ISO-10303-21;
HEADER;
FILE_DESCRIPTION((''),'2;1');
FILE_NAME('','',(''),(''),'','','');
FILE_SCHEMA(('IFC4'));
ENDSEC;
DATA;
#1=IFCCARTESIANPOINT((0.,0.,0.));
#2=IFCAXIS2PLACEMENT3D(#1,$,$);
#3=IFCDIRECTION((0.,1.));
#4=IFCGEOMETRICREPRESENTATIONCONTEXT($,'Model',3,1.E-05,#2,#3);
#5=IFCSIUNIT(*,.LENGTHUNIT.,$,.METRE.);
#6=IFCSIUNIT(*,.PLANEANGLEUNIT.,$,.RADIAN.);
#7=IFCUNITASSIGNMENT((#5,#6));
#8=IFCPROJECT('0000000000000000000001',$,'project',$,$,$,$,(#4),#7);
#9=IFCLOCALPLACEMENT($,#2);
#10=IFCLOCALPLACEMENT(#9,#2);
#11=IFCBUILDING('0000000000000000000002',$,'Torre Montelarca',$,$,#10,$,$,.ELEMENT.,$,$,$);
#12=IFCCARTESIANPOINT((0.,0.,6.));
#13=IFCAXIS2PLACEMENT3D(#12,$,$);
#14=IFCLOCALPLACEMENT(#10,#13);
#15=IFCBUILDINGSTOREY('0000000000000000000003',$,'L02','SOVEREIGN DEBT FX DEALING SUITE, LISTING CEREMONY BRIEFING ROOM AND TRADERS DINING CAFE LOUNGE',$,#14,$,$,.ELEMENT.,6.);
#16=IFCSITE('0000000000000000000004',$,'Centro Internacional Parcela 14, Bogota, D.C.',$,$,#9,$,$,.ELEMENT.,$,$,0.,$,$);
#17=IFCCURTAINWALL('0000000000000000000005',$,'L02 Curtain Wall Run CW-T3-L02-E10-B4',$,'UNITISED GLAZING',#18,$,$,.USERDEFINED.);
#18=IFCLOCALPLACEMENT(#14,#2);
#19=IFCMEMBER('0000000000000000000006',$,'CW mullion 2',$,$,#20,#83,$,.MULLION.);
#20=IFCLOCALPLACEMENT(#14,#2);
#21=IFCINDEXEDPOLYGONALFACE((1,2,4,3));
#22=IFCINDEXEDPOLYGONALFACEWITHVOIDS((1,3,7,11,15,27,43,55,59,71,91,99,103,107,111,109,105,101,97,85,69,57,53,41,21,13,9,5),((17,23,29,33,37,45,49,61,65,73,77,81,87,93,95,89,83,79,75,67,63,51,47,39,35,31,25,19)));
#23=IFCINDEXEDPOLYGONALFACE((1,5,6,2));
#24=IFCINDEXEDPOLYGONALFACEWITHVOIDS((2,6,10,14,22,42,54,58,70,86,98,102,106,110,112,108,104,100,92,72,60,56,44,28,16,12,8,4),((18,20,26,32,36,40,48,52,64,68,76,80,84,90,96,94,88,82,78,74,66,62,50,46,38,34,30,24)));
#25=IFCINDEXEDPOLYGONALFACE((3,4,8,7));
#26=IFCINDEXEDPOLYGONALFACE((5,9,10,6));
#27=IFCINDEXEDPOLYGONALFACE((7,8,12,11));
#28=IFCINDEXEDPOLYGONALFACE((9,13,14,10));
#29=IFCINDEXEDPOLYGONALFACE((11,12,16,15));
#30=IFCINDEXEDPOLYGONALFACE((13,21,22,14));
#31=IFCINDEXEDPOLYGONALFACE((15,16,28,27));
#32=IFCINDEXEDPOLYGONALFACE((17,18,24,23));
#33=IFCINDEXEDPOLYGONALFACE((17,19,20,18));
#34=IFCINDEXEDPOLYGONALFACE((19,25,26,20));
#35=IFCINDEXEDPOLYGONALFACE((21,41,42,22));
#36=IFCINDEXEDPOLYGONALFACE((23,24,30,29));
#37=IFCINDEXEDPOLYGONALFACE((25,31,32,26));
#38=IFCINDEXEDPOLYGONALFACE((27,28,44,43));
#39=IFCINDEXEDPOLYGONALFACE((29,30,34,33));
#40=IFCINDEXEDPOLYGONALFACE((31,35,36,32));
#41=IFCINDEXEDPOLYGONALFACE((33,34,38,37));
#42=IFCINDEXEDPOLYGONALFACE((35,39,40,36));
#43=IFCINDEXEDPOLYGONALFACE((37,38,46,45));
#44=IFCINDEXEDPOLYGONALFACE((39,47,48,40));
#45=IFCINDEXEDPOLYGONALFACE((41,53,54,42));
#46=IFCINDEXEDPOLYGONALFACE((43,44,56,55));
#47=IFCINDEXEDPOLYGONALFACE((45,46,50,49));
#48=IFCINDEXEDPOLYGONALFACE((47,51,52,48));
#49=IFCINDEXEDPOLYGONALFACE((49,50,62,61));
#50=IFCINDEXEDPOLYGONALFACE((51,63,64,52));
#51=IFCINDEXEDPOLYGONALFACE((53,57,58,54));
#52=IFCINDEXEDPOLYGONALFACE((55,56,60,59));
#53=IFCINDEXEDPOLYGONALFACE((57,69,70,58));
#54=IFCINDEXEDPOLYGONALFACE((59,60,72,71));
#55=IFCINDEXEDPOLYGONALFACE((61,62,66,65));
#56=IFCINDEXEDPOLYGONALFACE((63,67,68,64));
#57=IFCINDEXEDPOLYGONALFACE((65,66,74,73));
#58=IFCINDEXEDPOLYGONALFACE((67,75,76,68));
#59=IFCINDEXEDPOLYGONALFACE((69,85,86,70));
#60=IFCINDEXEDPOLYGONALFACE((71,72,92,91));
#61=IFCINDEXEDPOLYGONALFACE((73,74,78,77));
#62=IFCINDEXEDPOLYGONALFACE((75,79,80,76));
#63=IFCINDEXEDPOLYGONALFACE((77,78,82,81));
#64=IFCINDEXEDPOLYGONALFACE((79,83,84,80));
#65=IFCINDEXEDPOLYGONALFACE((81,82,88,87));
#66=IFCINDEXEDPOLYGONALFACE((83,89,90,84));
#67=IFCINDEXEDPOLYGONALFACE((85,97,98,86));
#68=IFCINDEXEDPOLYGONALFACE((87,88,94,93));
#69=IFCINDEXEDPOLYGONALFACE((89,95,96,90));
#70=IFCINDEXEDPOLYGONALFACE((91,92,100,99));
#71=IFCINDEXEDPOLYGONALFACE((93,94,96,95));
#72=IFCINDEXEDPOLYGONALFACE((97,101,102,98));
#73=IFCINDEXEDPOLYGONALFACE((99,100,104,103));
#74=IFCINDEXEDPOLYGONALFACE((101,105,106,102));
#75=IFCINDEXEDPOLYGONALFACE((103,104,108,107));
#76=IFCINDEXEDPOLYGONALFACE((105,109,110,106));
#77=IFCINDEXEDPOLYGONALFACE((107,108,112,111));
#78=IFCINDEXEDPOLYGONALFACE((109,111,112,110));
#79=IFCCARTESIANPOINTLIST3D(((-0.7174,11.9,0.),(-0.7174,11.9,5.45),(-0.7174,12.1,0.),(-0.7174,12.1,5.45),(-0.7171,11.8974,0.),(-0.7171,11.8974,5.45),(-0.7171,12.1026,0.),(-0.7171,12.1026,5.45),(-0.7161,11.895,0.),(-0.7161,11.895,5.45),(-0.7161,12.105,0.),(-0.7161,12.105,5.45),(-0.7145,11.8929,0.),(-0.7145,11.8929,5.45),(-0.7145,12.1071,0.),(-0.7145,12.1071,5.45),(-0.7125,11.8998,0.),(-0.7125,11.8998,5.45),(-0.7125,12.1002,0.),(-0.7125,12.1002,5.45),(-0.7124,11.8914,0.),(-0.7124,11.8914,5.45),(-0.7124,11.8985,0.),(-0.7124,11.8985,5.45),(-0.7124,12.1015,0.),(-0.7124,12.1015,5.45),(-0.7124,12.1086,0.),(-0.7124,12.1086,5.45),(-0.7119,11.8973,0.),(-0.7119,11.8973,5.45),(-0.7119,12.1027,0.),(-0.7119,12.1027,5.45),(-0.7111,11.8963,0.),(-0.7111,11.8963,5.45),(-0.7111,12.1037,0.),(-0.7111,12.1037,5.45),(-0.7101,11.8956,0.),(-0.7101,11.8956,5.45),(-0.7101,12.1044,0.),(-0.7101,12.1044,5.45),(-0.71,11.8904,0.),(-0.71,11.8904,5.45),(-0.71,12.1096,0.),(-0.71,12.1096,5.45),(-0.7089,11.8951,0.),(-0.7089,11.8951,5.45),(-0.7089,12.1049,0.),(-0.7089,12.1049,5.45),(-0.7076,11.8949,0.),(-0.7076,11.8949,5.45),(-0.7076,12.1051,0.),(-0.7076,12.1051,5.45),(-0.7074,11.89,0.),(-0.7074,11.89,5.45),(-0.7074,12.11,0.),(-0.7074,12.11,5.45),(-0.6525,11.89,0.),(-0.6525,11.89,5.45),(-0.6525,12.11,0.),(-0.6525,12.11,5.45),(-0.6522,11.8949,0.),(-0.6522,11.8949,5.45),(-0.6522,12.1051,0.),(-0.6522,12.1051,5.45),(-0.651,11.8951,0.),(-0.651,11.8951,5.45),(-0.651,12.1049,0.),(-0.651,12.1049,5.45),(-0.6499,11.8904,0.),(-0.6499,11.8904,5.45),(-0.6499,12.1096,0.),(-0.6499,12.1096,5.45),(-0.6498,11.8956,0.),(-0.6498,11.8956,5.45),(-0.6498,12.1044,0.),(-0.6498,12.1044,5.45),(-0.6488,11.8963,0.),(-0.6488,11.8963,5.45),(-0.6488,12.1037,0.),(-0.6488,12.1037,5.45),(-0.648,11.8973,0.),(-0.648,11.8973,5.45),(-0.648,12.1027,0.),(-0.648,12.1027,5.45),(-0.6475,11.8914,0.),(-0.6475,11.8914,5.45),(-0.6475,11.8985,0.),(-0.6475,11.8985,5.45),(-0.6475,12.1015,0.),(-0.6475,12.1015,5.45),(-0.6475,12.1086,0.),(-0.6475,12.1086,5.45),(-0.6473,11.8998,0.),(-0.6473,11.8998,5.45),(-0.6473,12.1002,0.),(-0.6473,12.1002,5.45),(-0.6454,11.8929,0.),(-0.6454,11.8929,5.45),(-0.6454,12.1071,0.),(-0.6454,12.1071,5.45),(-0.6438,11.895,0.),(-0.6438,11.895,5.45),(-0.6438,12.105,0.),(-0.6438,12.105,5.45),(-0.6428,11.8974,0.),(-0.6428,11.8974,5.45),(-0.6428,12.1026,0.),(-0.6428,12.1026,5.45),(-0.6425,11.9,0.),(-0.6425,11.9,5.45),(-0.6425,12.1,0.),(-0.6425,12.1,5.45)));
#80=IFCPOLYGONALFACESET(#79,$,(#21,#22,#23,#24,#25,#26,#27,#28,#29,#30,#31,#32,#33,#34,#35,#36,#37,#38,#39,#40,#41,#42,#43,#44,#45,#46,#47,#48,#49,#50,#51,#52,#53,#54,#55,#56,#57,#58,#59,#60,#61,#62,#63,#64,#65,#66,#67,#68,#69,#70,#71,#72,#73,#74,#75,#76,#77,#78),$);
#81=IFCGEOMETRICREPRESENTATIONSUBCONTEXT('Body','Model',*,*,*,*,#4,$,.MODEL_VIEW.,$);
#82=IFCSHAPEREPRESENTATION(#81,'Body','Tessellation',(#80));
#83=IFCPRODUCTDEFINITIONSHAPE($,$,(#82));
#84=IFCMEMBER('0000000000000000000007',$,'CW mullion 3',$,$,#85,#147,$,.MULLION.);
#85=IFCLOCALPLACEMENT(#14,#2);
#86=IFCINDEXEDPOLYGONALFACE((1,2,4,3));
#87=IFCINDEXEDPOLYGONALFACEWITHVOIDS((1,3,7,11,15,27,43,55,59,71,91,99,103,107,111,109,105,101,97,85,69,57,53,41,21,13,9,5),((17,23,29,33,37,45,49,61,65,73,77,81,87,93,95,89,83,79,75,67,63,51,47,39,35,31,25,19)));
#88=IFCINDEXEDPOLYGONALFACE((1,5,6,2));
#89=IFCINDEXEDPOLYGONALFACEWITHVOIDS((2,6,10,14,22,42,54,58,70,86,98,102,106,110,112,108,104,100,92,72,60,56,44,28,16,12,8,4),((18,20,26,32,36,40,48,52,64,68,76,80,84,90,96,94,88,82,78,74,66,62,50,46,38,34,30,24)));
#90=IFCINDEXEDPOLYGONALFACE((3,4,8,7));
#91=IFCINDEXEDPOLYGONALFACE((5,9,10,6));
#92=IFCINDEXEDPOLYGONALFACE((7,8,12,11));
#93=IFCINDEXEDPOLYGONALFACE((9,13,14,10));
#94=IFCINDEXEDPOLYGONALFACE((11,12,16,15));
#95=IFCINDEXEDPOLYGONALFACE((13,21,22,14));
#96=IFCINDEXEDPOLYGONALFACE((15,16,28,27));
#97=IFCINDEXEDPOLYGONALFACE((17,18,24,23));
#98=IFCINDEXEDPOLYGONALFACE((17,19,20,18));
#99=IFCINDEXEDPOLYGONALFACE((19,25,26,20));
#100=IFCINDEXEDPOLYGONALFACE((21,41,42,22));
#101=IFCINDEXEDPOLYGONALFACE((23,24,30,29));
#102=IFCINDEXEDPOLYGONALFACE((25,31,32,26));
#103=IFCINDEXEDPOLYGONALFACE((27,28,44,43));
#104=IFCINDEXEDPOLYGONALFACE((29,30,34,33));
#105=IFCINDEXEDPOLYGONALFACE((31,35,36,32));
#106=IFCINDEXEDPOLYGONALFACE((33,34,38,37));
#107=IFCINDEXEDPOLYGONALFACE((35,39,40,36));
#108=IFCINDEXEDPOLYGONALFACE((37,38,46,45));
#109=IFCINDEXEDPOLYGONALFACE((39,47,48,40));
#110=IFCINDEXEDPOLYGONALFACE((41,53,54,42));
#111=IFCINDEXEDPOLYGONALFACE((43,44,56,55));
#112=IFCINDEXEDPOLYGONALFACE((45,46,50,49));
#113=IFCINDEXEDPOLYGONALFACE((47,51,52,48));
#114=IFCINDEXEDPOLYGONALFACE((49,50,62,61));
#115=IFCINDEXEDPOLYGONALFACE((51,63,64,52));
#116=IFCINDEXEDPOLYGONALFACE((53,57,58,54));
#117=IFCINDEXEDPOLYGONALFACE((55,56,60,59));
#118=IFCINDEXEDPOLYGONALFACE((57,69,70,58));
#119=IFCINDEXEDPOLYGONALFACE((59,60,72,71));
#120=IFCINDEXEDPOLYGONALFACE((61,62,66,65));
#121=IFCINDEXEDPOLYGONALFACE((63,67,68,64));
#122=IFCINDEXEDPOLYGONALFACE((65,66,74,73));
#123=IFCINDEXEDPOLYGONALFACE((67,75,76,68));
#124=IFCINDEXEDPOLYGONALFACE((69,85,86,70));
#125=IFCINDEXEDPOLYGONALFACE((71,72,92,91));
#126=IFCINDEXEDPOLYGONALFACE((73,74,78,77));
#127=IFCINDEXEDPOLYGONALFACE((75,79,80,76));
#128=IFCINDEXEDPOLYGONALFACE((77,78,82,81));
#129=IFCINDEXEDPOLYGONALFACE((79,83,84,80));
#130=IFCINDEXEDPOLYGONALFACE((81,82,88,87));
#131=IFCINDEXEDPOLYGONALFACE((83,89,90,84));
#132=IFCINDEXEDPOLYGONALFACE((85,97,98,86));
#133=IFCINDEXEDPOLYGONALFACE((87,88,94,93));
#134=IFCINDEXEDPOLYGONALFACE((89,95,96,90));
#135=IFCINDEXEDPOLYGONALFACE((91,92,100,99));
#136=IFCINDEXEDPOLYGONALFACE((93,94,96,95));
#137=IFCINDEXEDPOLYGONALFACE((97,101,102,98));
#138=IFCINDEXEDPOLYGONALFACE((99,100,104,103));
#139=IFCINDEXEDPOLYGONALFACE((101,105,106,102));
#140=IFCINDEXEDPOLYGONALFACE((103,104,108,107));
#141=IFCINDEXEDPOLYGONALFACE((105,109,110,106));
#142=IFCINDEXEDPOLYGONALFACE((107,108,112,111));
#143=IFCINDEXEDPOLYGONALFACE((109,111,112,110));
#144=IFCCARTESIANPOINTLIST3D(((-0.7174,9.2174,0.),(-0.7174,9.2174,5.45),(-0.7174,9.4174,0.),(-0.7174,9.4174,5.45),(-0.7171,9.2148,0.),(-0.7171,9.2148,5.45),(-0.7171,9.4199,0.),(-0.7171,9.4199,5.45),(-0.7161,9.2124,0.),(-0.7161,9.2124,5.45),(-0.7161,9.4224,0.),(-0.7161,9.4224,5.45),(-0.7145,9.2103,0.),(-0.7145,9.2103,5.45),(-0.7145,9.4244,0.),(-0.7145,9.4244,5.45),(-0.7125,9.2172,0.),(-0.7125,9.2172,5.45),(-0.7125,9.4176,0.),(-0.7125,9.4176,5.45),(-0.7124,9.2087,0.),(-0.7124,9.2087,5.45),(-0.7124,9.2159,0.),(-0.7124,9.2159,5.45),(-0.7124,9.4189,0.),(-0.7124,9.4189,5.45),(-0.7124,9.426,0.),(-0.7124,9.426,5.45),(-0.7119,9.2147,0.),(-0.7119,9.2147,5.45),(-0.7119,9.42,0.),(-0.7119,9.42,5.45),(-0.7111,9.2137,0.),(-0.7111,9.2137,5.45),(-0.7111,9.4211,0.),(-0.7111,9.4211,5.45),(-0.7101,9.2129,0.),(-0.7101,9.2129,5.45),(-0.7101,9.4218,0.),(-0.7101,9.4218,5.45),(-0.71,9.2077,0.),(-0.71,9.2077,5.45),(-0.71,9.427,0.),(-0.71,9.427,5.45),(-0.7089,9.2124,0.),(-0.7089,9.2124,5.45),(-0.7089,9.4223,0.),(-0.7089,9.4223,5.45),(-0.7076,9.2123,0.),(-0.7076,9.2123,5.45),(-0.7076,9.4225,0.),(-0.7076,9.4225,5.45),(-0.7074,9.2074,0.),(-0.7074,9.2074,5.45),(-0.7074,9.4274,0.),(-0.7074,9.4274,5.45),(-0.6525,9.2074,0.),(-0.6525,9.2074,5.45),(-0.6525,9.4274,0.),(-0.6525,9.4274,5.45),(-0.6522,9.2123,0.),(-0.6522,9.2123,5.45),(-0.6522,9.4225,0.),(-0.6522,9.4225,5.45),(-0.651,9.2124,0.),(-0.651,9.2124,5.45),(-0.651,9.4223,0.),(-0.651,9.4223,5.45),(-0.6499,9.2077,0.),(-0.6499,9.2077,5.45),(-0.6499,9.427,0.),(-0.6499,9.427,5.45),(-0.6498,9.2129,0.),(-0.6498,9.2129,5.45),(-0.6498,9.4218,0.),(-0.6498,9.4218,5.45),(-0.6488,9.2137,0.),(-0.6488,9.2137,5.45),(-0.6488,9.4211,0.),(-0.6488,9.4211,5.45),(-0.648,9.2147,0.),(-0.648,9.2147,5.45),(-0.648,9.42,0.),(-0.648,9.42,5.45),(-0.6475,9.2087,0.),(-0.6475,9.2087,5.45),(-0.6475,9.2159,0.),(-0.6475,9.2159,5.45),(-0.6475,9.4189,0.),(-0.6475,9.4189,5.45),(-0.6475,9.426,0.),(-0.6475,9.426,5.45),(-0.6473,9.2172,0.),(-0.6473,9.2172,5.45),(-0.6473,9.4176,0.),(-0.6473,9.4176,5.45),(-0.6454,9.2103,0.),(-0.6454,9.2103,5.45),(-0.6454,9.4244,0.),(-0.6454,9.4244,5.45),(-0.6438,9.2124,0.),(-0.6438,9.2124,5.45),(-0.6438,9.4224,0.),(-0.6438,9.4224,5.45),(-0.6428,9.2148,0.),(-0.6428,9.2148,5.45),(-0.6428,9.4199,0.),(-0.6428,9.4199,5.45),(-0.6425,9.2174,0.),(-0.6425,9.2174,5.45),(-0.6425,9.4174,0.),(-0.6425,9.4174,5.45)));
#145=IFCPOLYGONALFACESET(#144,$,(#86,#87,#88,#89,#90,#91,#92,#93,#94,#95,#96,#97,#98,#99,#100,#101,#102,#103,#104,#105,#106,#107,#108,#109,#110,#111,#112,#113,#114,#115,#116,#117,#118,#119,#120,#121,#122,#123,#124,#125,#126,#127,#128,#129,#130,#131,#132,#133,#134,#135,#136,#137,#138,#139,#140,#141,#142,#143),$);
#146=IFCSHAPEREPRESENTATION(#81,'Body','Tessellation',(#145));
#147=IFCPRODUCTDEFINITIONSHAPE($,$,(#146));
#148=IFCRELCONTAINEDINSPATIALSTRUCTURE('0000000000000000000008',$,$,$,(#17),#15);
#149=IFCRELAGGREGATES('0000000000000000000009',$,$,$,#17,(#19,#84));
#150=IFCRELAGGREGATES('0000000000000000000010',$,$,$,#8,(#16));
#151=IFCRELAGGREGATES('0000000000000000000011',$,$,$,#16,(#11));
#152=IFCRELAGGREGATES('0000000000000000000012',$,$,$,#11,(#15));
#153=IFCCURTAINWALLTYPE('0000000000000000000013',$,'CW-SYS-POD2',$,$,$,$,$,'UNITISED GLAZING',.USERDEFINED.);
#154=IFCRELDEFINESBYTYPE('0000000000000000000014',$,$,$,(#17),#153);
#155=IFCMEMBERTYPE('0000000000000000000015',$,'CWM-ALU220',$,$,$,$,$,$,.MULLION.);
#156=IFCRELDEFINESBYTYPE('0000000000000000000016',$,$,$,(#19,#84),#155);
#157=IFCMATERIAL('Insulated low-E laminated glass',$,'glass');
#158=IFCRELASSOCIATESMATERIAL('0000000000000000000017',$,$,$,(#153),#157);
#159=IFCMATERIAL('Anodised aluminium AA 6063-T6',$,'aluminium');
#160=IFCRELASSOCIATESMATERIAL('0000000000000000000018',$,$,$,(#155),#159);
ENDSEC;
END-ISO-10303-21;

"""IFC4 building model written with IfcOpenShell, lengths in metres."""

from ifc_helpers import new_model, si_unit, direction, frame, origin, origin_2d, place, context, subcontext, project, spatial, hollow_rectangle, extrude, source, transform, mapped, material, material_profile, profile_set, type_object, element, aggregate, save


model = new_model("IFC4")

# Units and contexts
model_context = context("Model", 3, precision=1e-05, world=origin(), true_north=direction((0.0, 1.0)))
body_context = subcontext(model_context, "Body", "Model", "MODEL_VIEW")
ifc_project = project(units=[si_unit("LENGTHUNIT", "METRE"), si_unit("PLANEANGLEUNIT", "RADIAN")], contexts=[model_context])

# Site, building, storey
site_placement = place(None, origin())
site = spatial("IfcSite", under=ifc_project, at=site_placement, Name="Centro Internacional Parcela 14, Bogota, D.C.", CompositionType="ELEMENT", RefElevation=0.0)
building_placement = place(site_placement, origin())
building = spatial("IfcBuilding", under=site, at=building_placement, Name="Torre Montelarca", CompositionType="ELEMENT")
storey_placement = place(building_placement, frame((0.0, 0.0, 6.0)))
storey = spatial("IfcBuildingStorey", under=building, at=storey_placement, Name="L02", Description="SOVEREIGN DEBT FX DEALING SUITE, LISTING CEREMONY BRIEFING ROOM AND TRADERS DINING CAFE LOUNGE", CompositionType="ELEMENT", Elevation=6.0)

# Curtain wall, members
ifc_material_1 = material(Name="Insulated low-E laminated glass", Category="glass")
curtain_wall_type = type_object("IfcCurtainWallType", Name="CW-SYS-POD2", ElementType="UNITISED GLAZING", PredefinedType="USERDEFINED", material=ifc_material_1)
curtain_wall_placement = place(storey_placement, origin())
curtain_wall = element("IfcCurtainWall", 1, at=curtain_wall_placement, inside=storey, type_object=curtain_wall_type, Name="L02 Curtain Wall Run CW-T3-L02-E10-B4", ObjectType="UNITISED GLAZING", PredefinedType="USERDEFINED")
ifc_material_2 = material(Name="Anodised aluminium AA 6063-T6", Category="aluminium")
ifc_material_profile_1 = material_profile(ifc_material_2, hollow_rectangle(XDim=0.075, YDim=0.22, WallThickness=0.0049, InnerFilletRadius=0.0049, OuterFilletRadius=0.01, at=origin_2d()), Name="ALU75X220X5", Category="aluminium")
ifc_profile_set_1 = profile_set([ifc_material_profile_1], Name="Anodised aluminium AA 6063-T6")
member_type_1 = type_object("IfcMemberType", Name="CWM-ALU220", PredefinedType="MULLION", material=ifc_profile_set_1)
shared_shape_1 = source(origin(), body_context, "Body", "SweptSolid", [
    extrude(hollow_rectangle(XDim=0.075, YDim=0.22, WallThickness=0.0049, InnerFilletRadius=0.0049, OuterFilletRadius=0.01, at=origin_2d()), origin(), (0.0, 0.0, 1.0), 5.45),
])
member_1_placement = place(storey_placement, frame((-0.6799, 12.0, 0.0), z_axis=(0.0, 0.0, 1.0), x_axis=(1.0, 0.0, 0.0)))
member_1 = element("IfcMember", 2, at=member_1_placement, type_object=member_type_1, Name="CW mullion 2", PredefinedType="MULLION", context=body_context, shape_type="MappedRepresentation", body=[
    mapped(shared_shape_1, transform((0.0, 0.0, 0.0), scale=1.0)),
])
member_2_placement = place(storey_placement, frame((-0.6799, 9.3174, 0.0), z_axis=(0.0, 0.0, 1.0), x_axis=(1.0, 0.0, 0.0)))
member_2 = element("IfcMember", 3, at=member_2_placement, type_object=member_type_1, Name="CW mullion 3", PredefinedType="MULLION", context=body_context, shape_type="MappedRepresentation", body=[
    mapped(shared_shape_1, transform((0.0, 0.0, 0.0), scale=1.0)),
])

aggregate(curtain_wall, [member_1, member_2])

save(model, "model.ifc")
